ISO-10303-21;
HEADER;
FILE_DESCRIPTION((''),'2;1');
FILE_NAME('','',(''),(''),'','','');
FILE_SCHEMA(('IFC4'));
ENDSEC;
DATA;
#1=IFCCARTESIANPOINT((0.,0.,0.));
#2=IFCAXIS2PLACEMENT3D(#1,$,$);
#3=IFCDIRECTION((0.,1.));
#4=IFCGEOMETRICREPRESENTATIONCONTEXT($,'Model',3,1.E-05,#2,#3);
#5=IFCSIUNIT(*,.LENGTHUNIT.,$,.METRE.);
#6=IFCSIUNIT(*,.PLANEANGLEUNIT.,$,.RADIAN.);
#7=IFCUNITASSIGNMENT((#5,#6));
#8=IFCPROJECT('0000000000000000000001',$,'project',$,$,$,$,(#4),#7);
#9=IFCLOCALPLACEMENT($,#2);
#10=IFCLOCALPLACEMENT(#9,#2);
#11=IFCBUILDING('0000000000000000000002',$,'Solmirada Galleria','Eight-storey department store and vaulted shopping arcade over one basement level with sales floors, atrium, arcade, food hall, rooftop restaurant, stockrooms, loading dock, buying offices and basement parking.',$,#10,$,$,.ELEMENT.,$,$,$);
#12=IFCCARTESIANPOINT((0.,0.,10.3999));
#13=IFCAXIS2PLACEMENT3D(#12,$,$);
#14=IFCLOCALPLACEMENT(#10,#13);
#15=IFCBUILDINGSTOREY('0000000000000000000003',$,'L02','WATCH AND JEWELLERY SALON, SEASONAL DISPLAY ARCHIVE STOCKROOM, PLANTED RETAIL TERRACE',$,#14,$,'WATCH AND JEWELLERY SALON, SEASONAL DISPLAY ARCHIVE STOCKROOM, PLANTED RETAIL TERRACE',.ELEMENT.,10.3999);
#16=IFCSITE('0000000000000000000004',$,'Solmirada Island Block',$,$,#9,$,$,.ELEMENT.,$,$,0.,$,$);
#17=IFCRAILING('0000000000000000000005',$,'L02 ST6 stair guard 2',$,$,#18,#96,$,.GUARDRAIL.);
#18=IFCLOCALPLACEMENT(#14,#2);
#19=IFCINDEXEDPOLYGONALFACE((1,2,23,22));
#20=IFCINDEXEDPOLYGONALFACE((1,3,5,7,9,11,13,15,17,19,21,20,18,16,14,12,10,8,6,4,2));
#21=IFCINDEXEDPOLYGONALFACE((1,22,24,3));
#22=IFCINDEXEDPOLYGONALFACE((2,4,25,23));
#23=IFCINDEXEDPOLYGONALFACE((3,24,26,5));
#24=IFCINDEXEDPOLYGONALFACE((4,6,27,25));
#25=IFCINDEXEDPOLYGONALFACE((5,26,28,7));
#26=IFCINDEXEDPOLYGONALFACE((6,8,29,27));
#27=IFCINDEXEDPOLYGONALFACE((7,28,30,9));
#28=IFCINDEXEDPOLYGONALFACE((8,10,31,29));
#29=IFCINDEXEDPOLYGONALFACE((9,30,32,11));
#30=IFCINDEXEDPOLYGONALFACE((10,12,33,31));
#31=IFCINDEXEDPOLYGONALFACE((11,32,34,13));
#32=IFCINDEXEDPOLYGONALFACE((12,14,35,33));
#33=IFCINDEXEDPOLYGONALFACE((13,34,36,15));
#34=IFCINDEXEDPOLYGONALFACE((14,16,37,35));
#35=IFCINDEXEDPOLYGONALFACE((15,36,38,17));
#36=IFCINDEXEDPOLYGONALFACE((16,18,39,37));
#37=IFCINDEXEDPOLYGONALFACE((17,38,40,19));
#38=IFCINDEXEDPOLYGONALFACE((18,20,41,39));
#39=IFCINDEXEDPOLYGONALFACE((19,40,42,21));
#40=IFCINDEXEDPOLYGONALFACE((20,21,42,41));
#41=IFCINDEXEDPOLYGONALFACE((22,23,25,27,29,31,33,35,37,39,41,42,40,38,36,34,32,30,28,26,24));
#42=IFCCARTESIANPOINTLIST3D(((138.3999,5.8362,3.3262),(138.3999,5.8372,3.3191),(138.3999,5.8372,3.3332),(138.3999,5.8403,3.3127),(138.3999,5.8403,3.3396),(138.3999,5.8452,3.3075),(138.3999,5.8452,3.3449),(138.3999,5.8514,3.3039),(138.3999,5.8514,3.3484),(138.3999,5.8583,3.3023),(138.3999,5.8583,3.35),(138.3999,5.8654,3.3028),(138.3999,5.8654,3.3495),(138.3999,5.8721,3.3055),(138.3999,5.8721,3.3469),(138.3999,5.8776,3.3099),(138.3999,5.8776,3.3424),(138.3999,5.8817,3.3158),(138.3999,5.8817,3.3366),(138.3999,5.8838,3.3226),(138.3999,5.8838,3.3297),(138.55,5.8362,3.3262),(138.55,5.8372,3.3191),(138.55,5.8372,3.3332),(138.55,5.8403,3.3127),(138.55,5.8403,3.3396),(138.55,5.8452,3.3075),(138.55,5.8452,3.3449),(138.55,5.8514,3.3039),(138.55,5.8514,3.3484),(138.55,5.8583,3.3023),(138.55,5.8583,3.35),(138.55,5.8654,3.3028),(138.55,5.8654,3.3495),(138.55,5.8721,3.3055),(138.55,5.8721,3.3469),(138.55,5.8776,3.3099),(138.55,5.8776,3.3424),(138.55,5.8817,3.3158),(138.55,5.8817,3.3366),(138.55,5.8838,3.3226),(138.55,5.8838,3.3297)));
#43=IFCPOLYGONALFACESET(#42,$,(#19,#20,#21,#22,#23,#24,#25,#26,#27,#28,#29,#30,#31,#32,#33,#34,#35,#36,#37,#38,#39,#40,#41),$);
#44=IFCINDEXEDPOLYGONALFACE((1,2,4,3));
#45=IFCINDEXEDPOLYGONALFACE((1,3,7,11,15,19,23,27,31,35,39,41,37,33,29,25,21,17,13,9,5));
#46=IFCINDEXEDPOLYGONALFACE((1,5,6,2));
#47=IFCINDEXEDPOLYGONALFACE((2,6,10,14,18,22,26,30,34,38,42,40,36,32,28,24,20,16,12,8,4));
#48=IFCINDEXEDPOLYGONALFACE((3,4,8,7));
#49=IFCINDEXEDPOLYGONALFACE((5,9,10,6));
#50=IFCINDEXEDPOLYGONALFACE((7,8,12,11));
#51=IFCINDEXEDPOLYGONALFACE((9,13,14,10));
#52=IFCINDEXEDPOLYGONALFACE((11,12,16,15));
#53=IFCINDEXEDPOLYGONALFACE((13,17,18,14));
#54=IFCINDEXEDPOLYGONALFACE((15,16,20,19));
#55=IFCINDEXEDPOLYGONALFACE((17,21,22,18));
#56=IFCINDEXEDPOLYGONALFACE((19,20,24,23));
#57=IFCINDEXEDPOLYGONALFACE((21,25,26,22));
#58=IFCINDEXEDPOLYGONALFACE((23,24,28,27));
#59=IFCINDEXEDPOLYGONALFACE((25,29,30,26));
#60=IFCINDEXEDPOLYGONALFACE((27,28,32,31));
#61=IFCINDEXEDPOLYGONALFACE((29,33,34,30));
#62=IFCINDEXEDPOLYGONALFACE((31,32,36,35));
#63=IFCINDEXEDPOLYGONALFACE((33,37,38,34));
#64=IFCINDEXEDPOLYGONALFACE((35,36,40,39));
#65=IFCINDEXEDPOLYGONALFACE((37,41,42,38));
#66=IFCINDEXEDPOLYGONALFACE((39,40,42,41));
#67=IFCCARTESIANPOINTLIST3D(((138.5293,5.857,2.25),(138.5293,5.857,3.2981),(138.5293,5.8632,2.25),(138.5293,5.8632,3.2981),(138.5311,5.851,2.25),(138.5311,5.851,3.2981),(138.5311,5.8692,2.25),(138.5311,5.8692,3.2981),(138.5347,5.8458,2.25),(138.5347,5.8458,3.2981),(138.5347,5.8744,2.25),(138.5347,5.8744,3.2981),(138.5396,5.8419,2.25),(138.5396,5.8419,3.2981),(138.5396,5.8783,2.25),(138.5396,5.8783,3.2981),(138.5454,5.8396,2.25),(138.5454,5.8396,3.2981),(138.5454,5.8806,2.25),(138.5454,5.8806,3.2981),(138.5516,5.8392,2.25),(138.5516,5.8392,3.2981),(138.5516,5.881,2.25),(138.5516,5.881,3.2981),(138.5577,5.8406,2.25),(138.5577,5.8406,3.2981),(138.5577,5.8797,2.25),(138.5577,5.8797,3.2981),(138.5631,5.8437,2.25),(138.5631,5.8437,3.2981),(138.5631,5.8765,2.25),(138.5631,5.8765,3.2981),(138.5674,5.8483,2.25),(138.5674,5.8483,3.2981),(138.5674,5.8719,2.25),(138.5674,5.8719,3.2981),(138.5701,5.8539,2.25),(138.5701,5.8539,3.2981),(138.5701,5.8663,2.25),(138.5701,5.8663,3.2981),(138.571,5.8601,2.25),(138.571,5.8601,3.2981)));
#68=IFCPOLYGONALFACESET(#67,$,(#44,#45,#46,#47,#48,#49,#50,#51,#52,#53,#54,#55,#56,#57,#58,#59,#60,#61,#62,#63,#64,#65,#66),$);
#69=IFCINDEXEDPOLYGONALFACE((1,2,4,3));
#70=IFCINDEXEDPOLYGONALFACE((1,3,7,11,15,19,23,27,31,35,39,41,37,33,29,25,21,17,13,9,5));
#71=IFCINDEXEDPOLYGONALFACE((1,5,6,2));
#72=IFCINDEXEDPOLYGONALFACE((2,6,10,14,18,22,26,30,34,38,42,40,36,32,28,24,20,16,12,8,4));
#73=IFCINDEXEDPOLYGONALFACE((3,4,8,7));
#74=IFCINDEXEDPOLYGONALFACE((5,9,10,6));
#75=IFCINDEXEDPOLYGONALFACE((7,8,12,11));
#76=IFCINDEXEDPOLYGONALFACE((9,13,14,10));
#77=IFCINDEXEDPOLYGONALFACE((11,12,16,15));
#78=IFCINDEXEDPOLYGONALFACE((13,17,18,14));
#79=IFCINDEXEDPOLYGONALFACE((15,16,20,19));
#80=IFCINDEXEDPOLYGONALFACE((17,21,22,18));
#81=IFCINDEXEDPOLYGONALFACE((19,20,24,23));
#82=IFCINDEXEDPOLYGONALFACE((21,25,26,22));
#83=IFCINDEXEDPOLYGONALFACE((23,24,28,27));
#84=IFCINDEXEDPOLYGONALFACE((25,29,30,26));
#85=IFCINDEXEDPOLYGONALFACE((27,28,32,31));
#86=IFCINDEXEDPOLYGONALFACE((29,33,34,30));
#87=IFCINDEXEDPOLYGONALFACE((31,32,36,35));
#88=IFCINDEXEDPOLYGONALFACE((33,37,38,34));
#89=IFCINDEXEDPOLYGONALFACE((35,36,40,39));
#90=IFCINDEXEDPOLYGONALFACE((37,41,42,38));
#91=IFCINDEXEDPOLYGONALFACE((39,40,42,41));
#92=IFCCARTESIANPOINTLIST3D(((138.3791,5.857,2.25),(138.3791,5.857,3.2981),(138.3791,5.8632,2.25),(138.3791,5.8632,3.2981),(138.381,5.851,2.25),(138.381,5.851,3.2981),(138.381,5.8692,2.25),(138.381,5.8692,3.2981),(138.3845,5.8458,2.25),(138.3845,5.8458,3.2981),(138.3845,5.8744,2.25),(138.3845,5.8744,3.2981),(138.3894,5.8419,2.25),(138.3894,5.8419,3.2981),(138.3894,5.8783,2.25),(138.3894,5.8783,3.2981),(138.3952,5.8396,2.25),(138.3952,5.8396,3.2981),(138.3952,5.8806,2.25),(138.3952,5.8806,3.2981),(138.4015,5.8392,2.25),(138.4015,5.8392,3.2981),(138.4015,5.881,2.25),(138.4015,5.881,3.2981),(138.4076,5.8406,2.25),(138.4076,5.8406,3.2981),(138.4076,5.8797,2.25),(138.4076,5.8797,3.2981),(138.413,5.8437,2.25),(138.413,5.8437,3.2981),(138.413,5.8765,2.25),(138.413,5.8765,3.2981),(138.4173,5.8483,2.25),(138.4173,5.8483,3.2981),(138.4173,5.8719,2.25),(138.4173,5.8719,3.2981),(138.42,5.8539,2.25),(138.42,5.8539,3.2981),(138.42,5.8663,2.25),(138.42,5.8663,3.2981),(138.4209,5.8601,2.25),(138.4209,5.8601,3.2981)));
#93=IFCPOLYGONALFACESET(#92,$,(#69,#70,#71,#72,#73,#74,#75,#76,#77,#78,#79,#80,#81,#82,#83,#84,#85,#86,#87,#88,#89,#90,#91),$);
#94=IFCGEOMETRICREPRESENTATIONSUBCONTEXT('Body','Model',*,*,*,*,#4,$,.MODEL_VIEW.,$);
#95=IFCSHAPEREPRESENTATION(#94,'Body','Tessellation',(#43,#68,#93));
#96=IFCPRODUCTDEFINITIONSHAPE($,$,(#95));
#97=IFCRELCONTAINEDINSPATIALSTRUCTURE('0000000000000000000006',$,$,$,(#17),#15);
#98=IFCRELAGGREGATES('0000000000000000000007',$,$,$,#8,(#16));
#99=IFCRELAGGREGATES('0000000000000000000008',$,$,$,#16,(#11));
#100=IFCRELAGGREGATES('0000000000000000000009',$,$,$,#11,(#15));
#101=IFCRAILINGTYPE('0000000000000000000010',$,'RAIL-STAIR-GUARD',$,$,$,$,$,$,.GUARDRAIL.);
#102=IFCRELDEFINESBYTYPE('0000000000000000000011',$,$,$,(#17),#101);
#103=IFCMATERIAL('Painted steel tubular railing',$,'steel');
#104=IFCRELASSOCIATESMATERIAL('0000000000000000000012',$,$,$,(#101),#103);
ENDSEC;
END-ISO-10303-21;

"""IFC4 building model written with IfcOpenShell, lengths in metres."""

from ifc_helpers import new_model, si_unit, direction, frame, origin, origin_2d, place, context, subcontext, project, spatial, circle, extrude, material, type_object, element, save


model = new_model("IFC4")

# Units and contexts
model_context = context("Model", 3, precision=1e-05, world=origin(), true_north=direction((0.0, 1.0)))
body_context = subcontext(model_context, "Body", "Model", "MODEL_VIEW")
ifc_project = project(units=[si_unit("LENGTHUNIT", "METRE"), si_unit("PLANEANGLEUNIT", "RADIAN")], contexts=[model_context])

# Site, building, storey
site_placement = place(None, origin())
site = spatial("IfcSite", under=ifc_project, at=site_placement, Name="Solmirada Island Block", CompositionType="ELEMENT", RefElevation=0.0)
building_placement = place(site_placement, origin())
building = spatial("IfcBuilding", under=site, at=building_placement, Name="Solmirada Galleria", Description="Eight-storey department store and vaulted shopping arcade over one basement level with sales floors, atrium, arcade, food hall, rooftop restaurant, stockrooms, loading dock, buying offices and basement parking.", CompositionType="ELEMENT")
storey_placement = place(building_placement, frame((0.0, 0.0, 10.3999)))
storey = spatial("IfcBuildingStorey", under=building, at=storey_placement, Name="L02", Description="WATCH AND JEWELLERY SALON, SEASONAL DISPLAY ARCHIVE STOCKROOM, PLANTED RETAIL TERRACE", LongName="WATCH AND JEWELLERY SALON, SEASONAL DISPLAY ARCHIVE STOCKROOM, PLANTED RETAIL TERRACE", CompositionType="ELEMENT", Elevation=10.3999)

# Railing
ifc_material_1 = material(Name="Painted steel tubular railing", Category="steel")
railing_type = type_object("IfcRailingType", Name="RAIL-STAIR-GUARD", PredefinedType="GUARDRAIL", material=ifc_material_1)
railing_1_placement = place(storey_placement, frame((138.55, 5.8601, 2.25)))
element("IfcRailing", 1, at=railing_1_placement, inside=storey, type_object=railing_type, Name="L02 ST6 stair guard 2", PredefinedType="GUARDRAIL", context=body_context, shape_type="SweptSolid", body=[
    extrude(circle(Radius=0.0239, at=origin_2d()), frame((0.0, 0.0, 1.0762), z_axis=(-1.0, 0.0, 0.0), x_axis=(0.0, -1.0, 0.0)), (0.0, 0.0, 1.0), 0.1501),
    extrude(circle(Radius=0.021, at=origin_2d()), origin(), (0.0, 0.0, 1.0), 1.0481),
    extrude(circle(Radius=0.021, at=origin_2d()), frame((-0.1501, 0.0, 0.0)), (0.0, 0.0, 1.0), 1.0481),
])

save(model, "model.ifc")
